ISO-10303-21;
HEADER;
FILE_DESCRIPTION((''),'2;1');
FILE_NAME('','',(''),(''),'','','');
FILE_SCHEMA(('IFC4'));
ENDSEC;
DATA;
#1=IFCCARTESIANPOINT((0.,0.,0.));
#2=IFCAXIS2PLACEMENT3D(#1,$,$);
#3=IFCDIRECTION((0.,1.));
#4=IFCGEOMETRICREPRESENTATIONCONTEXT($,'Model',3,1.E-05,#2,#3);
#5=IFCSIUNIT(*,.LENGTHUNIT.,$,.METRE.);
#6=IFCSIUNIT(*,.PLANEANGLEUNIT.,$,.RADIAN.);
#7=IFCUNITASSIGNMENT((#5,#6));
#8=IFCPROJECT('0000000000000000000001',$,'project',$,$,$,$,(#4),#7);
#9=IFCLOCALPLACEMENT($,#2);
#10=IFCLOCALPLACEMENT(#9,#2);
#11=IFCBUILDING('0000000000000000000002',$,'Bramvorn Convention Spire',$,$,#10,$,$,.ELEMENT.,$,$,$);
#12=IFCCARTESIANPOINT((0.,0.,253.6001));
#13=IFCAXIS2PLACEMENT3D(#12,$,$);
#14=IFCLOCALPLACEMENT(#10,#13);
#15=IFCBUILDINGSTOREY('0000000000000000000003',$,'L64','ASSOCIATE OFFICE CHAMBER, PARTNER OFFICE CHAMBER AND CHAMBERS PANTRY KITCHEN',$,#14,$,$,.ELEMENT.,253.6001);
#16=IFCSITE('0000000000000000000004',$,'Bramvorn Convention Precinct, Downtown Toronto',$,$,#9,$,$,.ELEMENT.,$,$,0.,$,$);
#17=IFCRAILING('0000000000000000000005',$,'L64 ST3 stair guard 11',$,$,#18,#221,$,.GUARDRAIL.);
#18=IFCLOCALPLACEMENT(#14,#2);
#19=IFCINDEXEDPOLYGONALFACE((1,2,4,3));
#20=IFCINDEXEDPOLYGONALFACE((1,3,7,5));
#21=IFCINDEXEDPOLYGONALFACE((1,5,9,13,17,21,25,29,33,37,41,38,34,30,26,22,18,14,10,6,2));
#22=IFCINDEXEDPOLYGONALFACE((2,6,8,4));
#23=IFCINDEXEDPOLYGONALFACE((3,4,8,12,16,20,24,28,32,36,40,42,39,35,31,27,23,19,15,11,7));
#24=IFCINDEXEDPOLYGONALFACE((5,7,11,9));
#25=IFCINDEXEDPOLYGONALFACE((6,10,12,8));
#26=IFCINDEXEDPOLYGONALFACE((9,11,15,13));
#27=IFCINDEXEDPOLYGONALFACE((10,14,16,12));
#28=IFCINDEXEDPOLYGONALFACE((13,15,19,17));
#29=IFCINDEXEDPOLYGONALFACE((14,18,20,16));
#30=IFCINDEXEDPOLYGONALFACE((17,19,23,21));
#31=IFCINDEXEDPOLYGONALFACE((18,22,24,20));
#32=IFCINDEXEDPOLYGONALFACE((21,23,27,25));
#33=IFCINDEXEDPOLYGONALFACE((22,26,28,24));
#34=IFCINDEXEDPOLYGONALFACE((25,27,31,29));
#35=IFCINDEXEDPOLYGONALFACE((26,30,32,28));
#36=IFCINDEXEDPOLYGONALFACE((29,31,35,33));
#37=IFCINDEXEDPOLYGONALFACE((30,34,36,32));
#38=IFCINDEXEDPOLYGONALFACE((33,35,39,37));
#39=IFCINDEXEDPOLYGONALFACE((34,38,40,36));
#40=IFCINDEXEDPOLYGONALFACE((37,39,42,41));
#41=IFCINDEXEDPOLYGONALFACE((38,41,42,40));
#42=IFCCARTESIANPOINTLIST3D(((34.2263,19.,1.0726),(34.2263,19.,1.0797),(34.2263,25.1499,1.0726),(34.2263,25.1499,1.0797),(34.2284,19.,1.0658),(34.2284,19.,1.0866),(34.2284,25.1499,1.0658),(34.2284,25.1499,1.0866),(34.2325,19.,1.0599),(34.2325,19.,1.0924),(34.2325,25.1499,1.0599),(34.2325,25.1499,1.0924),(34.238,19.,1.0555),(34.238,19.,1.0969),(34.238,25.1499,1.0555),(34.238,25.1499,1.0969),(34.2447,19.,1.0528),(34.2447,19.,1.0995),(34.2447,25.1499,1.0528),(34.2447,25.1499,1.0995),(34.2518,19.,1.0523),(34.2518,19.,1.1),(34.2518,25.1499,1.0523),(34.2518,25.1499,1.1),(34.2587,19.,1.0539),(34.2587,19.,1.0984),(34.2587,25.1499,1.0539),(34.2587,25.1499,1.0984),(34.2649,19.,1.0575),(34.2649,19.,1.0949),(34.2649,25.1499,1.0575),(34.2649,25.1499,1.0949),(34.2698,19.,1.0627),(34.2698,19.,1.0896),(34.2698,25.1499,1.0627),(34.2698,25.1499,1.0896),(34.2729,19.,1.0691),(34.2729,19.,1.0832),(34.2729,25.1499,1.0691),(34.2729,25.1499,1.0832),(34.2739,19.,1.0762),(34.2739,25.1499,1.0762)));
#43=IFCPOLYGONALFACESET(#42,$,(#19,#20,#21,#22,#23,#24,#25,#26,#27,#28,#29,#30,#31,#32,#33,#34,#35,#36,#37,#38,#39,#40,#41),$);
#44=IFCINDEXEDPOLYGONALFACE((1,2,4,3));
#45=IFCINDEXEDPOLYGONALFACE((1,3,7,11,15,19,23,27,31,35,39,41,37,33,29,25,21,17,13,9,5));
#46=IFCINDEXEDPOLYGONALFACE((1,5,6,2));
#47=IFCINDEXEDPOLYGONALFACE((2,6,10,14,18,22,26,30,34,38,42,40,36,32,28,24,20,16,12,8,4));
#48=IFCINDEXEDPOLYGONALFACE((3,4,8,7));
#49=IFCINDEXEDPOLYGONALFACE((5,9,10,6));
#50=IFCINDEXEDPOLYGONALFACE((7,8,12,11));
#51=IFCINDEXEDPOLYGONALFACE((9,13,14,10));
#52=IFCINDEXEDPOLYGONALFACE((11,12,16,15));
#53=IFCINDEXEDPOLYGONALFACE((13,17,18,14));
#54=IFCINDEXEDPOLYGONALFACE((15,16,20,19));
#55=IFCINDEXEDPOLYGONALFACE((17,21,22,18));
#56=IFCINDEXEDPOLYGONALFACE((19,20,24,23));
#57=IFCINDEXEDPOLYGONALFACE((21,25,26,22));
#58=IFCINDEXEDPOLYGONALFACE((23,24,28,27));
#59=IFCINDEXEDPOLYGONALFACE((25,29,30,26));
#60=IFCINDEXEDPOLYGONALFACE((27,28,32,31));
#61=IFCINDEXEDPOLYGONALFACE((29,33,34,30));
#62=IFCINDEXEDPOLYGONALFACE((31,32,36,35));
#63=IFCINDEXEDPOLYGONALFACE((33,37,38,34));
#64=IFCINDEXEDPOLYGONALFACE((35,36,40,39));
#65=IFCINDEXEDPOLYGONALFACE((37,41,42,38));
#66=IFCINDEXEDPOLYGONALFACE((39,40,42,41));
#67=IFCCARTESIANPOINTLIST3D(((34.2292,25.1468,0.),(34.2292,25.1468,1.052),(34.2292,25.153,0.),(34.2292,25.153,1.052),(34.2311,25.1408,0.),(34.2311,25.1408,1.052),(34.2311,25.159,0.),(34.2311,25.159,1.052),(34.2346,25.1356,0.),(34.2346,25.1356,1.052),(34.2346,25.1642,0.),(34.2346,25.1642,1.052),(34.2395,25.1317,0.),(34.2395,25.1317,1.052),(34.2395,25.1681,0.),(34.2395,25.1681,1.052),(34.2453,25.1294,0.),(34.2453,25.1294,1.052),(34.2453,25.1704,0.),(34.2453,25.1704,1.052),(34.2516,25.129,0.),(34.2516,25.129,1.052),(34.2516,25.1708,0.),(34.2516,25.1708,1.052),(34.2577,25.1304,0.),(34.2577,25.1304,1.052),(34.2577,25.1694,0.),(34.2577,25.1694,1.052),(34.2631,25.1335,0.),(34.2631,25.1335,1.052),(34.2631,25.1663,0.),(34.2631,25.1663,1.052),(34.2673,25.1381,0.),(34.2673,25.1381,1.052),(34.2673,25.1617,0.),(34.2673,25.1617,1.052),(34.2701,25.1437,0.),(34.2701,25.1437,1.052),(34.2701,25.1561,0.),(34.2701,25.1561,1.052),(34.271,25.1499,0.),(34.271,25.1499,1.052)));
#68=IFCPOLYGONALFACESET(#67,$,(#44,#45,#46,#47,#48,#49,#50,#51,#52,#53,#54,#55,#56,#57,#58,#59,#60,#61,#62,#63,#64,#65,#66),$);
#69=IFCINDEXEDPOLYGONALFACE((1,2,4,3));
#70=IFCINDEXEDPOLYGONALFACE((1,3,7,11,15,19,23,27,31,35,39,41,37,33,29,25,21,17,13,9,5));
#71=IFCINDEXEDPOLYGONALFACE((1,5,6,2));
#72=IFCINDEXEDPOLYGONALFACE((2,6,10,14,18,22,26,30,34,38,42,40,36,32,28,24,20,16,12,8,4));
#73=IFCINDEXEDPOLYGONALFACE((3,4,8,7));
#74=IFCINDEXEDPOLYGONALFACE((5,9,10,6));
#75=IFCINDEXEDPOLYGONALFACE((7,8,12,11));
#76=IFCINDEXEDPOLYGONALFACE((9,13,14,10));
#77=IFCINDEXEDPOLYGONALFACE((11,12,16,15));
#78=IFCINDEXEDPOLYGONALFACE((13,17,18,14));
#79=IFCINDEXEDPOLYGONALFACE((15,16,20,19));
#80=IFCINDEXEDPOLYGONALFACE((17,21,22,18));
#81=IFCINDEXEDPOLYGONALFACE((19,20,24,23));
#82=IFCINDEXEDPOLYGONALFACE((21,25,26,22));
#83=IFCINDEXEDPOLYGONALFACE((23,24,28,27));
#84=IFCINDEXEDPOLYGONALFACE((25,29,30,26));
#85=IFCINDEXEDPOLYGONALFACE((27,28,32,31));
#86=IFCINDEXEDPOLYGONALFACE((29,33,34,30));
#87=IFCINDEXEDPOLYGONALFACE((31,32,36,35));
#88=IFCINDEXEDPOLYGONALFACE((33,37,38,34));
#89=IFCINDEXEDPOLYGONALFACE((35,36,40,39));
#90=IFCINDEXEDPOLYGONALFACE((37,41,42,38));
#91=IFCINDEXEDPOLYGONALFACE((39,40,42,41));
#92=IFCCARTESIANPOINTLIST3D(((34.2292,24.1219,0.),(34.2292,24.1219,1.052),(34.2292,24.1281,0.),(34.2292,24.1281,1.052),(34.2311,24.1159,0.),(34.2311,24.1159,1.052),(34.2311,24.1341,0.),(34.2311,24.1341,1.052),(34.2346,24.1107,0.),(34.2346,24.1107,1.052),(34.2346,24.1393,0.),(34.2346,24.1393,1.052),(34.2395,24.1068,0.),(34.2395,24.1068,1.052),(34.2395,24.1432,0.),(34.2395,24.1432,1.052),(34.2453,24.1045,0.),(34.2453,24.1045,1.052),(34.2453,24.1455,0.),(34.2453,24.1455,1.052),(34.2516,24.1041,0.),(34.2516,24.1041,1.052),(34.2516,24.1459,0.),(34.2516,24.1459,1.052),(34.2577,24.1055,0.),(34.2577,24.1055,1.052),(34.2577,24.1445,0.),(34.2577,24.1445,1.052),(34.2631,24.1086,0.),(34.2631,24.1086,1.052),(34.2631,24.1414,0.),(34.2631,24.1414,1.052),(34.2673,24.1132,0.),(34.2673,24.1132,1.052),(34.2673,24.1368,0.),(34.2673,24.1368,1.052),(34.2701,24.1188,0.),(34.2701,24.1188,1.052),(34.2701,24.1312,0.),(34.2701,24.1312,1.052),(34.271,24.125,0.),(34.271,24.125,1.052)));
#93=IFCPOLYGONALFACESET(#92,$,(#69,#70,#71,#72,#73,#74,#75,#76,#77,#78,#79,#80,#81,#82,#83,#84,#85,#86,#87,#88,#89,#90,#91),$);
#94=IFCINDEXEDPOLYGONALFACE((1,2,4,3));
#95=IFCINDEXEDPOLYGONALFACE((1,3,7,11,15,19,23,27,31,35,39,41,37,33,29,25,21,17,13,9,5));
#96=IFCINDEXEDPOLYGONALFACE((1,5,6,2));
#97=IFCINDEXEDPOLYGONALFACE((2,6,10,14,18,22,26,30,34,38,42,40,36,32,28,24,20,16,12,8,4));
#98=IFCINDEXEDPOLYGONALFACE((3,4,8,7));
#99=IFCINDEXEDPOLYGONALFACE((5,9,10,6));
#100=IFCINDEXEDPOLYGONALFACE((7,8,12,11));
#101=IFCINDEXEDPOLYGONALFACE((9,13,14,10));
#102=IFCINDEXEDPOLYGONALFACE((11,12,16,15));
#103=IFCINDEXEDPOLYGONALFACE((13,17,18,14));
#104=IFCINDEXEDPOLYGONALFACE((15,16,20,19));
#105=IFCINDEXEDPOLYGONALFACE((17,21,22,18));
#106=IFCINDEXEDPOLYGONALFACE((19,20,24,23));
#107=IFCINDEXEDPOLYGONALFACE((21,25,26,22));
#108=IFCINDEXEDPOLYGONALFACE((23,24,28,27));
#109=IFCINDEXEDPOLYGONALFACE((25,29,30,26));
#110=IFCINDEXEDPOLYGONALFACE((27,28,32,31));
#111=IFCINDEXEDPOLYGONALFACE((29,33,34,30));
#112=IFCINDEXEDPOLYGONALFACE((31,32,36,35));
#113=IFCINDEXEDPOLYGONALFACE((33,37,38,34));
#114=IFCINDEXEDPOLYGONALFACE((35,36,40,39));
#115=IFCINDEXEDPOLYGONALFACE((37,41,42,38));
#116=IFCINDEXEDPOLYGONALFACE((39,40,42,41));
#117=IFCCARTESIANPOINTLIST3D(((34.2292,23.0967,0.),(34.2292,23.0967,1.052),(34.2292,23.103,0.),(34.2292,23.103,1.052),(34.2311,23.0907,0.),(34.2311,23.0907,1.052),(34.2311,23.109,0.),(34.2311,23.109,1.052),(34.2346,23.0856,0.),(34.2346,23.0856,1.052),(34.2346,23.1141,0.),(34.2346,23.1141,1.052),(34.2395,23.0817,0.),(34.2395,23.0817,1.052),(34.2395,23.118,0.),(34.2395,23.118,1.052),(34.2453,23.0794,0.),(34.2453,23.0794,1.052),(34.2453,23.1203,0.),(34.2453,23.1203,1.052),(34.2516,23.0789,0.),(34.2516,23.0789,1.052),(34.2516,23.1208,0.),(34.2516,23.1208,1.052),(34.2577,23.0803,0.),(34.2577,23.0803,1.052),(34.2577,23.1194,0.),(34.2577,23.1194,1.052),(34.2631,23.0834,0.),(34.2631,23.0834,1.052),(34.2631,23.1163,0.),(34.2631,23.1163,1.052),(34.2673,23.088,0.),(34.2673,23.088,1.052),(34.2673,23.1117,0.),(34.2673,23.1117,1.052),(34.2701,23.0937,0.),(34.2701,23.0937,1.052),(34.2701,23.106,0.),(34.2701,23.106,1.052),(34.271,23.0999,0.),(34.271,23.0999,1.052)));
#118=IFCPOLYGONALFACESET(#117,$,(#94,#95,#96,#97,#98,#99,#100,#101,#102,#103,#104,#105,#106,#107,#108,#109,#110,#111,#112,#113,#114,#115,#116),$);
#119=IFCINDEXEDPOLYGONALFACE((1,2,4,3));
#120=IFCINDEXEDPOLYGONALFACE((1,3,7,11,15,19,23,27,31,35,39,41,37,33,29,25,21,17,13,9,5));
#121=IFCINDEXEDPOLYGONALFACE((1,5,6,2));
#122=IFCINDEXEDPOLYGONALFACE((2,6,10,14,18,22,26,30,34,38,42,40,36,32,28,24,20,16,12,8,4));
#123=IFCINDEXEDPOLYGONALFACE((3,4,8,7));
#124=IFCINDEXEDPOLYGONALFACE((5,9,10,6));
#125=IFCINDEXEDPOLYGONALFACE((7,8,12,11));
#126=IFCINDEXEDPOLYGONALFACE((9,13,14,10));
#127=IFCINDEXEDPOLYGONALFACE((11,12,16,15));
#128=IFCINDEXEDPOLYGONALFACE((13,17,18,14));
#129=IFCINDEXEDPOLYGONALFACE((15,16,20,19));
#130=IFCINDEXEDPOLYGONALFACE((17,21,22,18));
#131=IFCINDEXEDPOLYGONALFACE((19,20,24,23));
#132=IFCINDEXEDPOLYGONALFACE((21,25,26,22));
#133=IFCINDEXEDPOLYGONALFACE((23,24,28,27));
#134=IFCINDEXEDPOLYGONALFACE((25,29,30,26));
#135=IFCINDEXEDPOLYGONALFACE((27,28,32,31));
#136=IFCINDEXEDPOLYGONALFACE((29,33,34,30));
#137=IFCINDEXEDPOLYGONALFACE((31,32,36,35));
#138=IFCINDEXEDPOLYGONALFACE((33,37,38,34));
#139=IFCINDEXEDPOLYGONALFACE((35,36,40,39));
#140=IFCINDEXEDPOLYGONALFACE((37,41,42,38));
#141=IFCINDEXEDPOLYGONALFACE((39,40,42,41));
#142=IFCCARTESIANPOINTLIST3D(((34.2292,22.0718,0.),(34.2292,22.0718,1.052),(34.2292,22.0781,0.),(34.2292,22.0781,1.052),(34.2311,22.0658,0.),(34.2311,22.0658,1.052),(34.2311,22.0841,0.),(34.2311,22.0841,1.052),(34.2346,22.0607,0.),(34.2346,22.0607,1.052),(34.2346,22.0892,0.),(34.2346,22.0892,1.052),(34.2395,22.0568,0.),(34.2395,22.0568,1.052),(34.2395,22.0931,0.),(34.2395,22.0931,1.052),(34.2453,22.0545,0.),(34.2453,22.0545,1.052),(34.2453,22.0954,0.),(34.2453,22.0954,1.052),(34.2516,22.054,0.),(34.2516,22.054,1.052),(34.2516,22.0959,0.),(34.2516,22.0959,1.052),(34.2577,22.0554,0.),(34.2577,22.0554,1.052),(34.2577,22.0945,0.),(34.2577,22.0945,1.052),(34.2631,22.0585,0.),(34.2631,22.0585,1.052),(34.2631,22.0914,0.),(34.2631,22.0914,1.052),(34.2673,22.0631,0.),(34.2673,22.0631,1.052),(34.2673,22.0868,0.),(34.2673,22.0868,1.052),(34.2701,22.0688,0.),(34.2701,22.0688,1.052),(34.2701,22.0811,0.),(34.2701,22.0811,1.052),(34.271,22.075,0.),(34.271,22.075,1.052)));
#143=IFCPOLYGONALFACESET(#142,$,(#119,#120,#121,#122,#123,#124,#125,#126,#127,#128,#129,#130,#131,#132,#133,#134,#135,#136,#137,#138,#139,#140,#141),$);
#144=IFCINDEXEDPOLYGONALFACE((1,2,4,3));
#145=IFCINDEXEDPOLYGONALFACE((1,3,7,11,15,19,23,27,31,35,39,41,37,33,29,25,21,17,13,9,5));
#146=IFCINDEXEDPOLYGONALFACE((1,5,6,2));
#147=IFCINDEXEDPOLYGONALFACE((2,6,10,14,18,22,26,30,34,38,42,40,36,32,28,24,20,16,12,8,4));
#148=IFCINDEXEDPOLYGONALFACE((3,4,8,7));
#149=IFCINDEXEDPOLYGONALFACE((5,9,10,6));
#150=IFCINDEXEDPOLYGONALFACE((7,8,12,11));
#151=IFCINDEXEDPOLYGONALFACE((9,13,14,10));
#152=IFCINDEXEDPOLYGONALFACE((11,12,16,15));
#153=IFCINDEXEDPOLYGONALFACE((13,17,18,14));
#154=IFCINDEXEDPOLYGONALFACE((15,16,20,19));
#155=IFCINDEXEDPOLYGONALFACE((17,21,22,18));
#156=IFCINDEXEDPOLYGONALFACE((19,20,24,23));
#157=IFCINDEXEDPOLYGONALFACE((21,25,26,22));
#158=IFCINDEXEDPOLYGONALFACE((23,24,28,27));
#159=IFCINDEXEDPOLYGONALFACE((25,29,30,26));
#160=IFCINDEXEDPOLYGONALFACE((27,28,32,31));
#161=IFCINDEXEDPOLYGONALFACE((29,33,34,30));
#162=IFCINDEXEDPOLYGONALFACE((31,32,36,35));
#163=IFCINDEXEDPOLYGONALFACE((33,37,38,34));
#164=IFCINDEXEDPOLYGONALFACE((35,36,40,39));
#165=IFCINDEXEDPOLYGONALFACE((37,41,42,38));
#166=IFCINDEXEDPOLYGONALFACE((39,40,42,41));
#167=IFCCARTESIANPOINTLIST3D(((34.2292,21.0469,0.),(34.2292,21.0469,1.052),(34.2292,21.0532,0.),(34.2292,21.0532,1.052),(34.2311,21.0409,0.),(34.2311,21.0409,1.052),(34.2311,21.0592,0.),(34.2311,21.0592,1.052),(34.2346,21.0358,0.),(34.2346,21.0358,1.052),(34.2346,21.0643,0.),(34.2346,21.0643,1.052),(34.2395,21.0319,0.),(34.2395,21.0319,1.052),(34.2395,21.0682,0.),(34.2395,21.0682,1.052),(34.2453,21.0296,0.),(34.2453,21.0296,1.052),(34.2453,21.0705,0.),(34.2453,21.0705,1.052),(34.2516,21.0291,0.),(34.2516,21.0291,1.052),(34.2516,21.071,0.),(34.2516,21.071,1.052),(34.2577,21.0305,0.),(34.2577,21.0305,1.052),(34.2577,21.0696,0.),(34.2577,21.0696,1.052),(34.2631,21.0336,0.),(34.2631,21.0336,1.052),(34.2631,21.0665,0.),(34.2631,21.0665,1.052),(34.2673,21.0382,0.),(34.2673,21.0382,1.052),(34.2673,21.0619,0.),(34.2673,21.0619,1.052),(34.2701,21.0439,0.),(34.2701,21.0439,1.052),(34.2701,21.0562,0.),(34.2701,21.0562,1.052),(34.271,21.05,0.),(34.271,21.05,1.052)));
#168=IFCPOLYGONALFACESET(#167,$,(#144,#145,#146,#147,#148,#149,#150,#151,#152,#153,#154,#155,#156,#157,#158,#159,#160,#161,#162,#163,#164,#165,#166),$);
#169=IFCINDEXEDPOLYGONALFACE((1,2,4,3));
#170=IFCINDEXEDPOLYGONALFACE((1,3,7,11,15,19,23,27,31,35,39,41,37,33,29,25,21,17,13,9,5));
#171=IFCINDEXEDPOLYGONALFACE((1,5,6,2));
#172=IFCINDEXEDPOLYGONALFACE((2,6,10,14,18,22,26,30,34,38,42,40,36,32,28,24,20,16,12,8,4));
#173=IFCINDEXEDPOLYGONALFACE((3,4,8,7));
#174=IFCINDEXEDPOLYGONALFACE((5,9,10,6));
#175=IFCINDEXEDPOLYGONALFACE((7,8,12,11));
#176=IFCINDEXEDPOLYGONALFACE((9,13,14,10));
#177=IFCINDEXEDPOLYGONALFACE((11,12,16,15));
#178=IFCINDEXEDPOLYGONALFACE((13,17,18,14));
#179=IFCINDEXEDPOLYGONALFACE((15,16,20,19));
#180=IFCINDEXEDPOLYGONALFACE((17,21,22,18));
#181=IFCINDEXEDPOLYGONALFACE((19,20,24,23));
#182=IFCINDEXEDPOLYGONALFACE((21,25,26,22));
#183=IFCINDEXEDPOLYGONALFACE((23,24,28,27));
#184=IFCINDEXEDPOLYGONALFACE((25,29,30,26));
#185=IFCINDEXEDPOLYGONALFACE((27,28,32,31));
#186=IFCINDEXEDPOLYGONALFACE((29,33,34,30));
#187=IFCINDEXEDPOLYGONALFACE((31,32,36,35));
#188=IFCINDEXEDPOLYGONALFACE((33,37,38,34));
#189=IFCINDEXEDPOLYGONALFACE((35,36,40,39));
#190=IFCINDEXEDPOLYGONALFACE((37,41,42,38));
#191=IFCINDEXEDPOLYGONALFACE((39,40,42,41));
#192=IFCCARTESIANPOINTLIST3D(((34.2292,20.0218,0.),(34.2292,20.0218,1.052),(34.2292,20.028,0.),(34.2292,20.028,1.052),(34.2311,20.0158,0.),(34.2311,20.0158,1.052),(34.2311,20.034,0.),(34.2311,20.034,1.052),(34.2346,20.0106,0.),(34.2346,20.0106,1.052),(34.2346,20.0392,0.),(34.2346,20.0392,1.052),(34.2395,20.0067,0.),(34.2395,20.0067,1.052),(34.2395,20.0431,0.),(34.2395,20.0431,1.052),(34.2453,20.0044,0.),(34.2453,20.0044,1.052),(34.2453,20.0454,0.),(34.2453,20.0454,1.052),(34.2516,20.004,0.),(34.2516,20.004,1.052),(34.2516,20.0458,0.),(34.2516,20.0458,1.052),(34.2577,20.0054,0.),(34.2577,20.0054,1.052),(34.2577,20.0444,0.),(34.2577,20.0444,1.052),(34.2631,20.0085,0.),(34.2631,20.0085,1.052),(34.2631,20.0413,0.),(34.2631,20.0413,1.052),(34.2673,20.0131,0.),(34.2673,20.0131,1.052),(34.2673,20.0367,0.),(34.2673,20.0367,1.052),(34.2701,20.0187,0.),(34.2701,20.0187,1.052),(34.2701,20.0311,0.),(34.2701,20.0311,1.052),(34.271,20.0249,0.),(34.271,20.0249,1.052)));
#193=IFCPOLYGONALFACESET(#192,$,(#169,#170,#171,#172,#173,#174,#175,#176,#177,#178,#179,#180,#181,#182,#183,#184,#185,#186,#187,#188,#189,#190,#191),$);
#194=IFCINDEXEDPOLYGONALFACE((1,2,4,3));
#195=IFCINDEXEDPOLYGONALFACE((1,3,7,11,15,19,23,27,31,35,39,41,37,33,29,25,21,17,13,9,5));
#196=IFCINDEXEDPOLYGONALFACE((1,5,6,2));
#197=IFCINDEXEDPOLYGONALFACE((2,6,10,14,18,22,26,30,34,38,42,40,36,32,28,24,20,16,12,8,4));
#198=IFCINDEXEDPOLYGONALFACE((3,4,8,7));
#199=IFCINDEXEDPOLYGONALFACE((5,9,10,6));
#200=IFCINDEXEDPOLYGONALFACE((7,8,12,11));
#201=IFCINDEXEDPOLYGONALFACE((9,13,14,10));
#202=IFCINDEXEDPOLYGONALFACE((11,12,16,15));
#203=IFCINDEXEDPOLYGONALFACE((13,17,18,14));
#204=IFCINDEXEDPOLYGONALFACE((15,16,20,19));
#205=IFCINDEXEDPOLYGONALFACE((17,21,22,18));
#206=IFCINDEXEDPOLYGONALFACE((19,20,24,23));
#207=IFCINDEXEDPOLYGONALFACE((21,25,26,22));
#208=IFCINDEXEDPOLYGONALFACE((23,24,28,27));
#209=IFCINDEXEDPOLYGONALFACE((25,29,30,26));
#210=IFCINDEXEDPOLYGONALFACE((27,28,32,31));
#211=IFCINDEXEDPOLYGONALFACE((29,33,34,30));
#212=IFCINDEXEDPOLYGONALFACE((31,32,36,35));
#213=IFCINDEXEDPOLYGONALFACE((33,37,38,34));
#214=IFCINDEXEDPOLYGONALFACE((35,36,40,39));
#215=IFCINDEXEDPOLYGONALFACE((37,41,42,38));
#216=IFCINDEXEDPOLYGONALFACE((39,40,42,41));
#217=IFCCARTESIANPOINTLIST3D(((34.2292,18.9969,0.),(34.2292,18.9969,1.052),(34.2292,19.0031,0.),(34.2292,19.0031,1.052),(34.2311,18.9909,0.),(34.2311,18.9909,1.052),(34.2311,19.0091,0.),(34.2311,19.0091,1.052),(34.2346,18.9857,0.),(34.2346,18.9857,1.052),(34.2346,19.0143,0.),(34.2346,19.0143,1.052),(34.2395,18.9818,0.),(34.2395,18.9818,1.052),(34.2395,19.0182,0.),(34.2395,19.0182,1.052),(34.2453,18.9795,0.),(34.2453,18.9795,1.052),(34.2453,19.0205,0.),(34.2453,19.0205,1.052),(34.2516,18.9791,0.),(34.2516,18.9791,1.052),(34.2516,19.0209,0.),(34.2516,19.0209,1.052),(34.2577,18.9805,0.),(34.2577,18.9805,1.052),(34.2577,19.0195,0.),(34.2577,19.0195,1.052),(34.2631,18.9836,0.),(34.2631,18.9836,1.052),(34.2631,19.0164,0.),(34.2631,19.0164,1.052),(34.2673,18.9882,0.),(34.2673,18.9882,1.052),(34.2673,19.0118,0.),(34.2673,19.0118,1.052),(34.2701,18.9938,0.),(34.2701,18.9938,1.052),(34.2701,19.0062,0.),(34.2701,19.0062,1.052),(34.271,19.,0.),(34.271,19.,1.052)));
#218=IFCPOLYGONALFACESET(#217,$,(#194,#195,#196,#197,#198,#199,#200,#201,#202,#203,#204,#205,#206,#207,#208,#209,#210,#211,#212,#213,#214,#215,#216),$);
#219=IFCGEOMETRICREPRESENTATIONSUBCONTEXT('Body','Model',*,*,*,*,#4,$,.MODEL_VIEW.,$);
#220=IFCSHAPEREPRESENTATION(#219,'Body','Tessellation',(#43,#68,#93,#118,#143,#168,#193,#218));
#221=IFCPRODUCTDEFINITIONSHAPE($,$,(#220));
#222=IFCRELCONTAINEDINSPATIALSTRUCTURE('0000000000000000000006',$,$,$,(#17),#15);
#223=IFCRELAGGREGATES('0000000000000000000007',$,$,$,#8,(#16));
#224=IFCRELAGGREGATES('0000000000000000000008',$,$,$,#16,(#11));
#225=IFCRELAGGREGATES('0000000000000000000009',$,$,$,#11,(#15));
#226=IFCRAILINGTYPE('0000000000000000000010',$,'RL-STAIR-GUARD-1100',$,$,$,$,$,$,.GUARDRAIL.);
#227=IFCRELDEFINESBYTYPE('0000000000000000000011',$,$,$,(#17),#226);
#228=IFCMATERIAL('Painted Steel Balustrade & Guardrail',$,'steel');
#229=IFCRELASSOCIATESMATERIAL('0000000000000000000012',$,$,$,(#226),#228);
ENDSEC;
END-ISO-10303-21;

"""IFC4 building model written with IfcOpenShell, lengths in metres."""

from ifc_helpers import new_model, si_unit, direction, frame, origin, origin_2d, place, context, subcontext, project, spatial, circle, extrude, material, type_object, element, save


model = new_model("IFC4")

# Units and contexts
model_context = context("Model", 3, precision=1e-05, world=origin(), true_north=direction((0.0, 1.0)))
body_context = subcontext(model_context, "Body", "Model", "MODEL_VIEW")
ifc_project = project(units=[si_unit("LENGTHUNIT", "METRE"), si_unit("PLANEANGLEUNIT", "RADIAN")], contexts=[model_context])

# Site, building, storey
site_placement = place(None, origin())
site = spatial("IfcSite", under=ifc_project, at=site_placement, Name="Bramvorn Convention Precinct, Downtown Toronto", CompositionType="ELEMENT", RefElevation=0.0)
building_placement = place(site_placement, origin())
building = spatial("IfcBuilding", under=site, at=building_placement, Name="Bramvorn Convention Spire", CompositionType="ELEMENT")
storey_placement = place(building_placement, frame((0.0, 0.0, 253.6001)))
storey = spatial("IfcBuildingStorey", under=building, at=storey_placement, Name="L64", Description="ASSOCIATE OFFICE CHAMBER, PARTNER OFFICE CHAMBER AND CHAMBERS PANTRY KITCHEN", CompositionType="ELEMENT", Elevation=253.6001)

# Railing
ifc_material_1 = material(Name="Painted Steel Balustrade & Guardrail", Category="steel")
railing_type_1 = type_object("IfcRailingType", Name="RL-STAIR-GUARD-1100", PredefinedType="GUARDRAIL", material=ifc_material_1)
railing_1_placement = place(storey_placement, frame((34.25, 25.1499, 0.0)))
element("IfcRailing", 1, at=railing_1_placement, inside=storey, type_object=railing_type_1, Name="L64 ST3 stair guard 11", PredefinedType="GUARDRAIL", context=body_context, shape_type="SweptSolid", body=[
    extrude(circle(Radius=0.0239, at=origin_2d()), frame((0.0, 0.0, 1.0762), z_axis=(0.0, -1.0, 0.0), x_axis=(1.0, 0.0, 0.0)), (0.0, 0.0, 1.0), 6.1499),
    extrude(circle(Radius=0.021, at=origin_2d()), origin(), (0.0, 0.0, 1.0), 1.052),
    extrude(circle(Radius=0.021, at=origin_2d()), frame((0.0, -1.0249, 0.0)), (0.0, 0.0, 1.0), 1.052),
    extrude(circle(Radius=0.021, at=origin_2d()), frame((0.0, -2.05, 0.0)), (0.0, 0.0, 1.0), 1.052),
    extrude(circle(Radius=0.021, at=origin_2d()), frame((0.0, -3.075, 0.0)), (0.0, 0.0, 1.0), 1.052),
    extrude(circle(Radius=0.021, at=origin_2d()), frame((0.0, -4.0999, 0.0)), (0.0, 0.0, 1.0), 1.052),
    extrude(circle(Radius=0.021, at=origin_2d()), frame((0.0, -5.125, 0.0)), (0.0, 0.0, 1.0), 1.052),
    extrude(circle(Radius=0.021, at=origin_2d()), frame((0.0, -6.1499, 0.0)), (0.0, 0.0, 1.0), 1.052),
])

save(model, "model.ifc")
